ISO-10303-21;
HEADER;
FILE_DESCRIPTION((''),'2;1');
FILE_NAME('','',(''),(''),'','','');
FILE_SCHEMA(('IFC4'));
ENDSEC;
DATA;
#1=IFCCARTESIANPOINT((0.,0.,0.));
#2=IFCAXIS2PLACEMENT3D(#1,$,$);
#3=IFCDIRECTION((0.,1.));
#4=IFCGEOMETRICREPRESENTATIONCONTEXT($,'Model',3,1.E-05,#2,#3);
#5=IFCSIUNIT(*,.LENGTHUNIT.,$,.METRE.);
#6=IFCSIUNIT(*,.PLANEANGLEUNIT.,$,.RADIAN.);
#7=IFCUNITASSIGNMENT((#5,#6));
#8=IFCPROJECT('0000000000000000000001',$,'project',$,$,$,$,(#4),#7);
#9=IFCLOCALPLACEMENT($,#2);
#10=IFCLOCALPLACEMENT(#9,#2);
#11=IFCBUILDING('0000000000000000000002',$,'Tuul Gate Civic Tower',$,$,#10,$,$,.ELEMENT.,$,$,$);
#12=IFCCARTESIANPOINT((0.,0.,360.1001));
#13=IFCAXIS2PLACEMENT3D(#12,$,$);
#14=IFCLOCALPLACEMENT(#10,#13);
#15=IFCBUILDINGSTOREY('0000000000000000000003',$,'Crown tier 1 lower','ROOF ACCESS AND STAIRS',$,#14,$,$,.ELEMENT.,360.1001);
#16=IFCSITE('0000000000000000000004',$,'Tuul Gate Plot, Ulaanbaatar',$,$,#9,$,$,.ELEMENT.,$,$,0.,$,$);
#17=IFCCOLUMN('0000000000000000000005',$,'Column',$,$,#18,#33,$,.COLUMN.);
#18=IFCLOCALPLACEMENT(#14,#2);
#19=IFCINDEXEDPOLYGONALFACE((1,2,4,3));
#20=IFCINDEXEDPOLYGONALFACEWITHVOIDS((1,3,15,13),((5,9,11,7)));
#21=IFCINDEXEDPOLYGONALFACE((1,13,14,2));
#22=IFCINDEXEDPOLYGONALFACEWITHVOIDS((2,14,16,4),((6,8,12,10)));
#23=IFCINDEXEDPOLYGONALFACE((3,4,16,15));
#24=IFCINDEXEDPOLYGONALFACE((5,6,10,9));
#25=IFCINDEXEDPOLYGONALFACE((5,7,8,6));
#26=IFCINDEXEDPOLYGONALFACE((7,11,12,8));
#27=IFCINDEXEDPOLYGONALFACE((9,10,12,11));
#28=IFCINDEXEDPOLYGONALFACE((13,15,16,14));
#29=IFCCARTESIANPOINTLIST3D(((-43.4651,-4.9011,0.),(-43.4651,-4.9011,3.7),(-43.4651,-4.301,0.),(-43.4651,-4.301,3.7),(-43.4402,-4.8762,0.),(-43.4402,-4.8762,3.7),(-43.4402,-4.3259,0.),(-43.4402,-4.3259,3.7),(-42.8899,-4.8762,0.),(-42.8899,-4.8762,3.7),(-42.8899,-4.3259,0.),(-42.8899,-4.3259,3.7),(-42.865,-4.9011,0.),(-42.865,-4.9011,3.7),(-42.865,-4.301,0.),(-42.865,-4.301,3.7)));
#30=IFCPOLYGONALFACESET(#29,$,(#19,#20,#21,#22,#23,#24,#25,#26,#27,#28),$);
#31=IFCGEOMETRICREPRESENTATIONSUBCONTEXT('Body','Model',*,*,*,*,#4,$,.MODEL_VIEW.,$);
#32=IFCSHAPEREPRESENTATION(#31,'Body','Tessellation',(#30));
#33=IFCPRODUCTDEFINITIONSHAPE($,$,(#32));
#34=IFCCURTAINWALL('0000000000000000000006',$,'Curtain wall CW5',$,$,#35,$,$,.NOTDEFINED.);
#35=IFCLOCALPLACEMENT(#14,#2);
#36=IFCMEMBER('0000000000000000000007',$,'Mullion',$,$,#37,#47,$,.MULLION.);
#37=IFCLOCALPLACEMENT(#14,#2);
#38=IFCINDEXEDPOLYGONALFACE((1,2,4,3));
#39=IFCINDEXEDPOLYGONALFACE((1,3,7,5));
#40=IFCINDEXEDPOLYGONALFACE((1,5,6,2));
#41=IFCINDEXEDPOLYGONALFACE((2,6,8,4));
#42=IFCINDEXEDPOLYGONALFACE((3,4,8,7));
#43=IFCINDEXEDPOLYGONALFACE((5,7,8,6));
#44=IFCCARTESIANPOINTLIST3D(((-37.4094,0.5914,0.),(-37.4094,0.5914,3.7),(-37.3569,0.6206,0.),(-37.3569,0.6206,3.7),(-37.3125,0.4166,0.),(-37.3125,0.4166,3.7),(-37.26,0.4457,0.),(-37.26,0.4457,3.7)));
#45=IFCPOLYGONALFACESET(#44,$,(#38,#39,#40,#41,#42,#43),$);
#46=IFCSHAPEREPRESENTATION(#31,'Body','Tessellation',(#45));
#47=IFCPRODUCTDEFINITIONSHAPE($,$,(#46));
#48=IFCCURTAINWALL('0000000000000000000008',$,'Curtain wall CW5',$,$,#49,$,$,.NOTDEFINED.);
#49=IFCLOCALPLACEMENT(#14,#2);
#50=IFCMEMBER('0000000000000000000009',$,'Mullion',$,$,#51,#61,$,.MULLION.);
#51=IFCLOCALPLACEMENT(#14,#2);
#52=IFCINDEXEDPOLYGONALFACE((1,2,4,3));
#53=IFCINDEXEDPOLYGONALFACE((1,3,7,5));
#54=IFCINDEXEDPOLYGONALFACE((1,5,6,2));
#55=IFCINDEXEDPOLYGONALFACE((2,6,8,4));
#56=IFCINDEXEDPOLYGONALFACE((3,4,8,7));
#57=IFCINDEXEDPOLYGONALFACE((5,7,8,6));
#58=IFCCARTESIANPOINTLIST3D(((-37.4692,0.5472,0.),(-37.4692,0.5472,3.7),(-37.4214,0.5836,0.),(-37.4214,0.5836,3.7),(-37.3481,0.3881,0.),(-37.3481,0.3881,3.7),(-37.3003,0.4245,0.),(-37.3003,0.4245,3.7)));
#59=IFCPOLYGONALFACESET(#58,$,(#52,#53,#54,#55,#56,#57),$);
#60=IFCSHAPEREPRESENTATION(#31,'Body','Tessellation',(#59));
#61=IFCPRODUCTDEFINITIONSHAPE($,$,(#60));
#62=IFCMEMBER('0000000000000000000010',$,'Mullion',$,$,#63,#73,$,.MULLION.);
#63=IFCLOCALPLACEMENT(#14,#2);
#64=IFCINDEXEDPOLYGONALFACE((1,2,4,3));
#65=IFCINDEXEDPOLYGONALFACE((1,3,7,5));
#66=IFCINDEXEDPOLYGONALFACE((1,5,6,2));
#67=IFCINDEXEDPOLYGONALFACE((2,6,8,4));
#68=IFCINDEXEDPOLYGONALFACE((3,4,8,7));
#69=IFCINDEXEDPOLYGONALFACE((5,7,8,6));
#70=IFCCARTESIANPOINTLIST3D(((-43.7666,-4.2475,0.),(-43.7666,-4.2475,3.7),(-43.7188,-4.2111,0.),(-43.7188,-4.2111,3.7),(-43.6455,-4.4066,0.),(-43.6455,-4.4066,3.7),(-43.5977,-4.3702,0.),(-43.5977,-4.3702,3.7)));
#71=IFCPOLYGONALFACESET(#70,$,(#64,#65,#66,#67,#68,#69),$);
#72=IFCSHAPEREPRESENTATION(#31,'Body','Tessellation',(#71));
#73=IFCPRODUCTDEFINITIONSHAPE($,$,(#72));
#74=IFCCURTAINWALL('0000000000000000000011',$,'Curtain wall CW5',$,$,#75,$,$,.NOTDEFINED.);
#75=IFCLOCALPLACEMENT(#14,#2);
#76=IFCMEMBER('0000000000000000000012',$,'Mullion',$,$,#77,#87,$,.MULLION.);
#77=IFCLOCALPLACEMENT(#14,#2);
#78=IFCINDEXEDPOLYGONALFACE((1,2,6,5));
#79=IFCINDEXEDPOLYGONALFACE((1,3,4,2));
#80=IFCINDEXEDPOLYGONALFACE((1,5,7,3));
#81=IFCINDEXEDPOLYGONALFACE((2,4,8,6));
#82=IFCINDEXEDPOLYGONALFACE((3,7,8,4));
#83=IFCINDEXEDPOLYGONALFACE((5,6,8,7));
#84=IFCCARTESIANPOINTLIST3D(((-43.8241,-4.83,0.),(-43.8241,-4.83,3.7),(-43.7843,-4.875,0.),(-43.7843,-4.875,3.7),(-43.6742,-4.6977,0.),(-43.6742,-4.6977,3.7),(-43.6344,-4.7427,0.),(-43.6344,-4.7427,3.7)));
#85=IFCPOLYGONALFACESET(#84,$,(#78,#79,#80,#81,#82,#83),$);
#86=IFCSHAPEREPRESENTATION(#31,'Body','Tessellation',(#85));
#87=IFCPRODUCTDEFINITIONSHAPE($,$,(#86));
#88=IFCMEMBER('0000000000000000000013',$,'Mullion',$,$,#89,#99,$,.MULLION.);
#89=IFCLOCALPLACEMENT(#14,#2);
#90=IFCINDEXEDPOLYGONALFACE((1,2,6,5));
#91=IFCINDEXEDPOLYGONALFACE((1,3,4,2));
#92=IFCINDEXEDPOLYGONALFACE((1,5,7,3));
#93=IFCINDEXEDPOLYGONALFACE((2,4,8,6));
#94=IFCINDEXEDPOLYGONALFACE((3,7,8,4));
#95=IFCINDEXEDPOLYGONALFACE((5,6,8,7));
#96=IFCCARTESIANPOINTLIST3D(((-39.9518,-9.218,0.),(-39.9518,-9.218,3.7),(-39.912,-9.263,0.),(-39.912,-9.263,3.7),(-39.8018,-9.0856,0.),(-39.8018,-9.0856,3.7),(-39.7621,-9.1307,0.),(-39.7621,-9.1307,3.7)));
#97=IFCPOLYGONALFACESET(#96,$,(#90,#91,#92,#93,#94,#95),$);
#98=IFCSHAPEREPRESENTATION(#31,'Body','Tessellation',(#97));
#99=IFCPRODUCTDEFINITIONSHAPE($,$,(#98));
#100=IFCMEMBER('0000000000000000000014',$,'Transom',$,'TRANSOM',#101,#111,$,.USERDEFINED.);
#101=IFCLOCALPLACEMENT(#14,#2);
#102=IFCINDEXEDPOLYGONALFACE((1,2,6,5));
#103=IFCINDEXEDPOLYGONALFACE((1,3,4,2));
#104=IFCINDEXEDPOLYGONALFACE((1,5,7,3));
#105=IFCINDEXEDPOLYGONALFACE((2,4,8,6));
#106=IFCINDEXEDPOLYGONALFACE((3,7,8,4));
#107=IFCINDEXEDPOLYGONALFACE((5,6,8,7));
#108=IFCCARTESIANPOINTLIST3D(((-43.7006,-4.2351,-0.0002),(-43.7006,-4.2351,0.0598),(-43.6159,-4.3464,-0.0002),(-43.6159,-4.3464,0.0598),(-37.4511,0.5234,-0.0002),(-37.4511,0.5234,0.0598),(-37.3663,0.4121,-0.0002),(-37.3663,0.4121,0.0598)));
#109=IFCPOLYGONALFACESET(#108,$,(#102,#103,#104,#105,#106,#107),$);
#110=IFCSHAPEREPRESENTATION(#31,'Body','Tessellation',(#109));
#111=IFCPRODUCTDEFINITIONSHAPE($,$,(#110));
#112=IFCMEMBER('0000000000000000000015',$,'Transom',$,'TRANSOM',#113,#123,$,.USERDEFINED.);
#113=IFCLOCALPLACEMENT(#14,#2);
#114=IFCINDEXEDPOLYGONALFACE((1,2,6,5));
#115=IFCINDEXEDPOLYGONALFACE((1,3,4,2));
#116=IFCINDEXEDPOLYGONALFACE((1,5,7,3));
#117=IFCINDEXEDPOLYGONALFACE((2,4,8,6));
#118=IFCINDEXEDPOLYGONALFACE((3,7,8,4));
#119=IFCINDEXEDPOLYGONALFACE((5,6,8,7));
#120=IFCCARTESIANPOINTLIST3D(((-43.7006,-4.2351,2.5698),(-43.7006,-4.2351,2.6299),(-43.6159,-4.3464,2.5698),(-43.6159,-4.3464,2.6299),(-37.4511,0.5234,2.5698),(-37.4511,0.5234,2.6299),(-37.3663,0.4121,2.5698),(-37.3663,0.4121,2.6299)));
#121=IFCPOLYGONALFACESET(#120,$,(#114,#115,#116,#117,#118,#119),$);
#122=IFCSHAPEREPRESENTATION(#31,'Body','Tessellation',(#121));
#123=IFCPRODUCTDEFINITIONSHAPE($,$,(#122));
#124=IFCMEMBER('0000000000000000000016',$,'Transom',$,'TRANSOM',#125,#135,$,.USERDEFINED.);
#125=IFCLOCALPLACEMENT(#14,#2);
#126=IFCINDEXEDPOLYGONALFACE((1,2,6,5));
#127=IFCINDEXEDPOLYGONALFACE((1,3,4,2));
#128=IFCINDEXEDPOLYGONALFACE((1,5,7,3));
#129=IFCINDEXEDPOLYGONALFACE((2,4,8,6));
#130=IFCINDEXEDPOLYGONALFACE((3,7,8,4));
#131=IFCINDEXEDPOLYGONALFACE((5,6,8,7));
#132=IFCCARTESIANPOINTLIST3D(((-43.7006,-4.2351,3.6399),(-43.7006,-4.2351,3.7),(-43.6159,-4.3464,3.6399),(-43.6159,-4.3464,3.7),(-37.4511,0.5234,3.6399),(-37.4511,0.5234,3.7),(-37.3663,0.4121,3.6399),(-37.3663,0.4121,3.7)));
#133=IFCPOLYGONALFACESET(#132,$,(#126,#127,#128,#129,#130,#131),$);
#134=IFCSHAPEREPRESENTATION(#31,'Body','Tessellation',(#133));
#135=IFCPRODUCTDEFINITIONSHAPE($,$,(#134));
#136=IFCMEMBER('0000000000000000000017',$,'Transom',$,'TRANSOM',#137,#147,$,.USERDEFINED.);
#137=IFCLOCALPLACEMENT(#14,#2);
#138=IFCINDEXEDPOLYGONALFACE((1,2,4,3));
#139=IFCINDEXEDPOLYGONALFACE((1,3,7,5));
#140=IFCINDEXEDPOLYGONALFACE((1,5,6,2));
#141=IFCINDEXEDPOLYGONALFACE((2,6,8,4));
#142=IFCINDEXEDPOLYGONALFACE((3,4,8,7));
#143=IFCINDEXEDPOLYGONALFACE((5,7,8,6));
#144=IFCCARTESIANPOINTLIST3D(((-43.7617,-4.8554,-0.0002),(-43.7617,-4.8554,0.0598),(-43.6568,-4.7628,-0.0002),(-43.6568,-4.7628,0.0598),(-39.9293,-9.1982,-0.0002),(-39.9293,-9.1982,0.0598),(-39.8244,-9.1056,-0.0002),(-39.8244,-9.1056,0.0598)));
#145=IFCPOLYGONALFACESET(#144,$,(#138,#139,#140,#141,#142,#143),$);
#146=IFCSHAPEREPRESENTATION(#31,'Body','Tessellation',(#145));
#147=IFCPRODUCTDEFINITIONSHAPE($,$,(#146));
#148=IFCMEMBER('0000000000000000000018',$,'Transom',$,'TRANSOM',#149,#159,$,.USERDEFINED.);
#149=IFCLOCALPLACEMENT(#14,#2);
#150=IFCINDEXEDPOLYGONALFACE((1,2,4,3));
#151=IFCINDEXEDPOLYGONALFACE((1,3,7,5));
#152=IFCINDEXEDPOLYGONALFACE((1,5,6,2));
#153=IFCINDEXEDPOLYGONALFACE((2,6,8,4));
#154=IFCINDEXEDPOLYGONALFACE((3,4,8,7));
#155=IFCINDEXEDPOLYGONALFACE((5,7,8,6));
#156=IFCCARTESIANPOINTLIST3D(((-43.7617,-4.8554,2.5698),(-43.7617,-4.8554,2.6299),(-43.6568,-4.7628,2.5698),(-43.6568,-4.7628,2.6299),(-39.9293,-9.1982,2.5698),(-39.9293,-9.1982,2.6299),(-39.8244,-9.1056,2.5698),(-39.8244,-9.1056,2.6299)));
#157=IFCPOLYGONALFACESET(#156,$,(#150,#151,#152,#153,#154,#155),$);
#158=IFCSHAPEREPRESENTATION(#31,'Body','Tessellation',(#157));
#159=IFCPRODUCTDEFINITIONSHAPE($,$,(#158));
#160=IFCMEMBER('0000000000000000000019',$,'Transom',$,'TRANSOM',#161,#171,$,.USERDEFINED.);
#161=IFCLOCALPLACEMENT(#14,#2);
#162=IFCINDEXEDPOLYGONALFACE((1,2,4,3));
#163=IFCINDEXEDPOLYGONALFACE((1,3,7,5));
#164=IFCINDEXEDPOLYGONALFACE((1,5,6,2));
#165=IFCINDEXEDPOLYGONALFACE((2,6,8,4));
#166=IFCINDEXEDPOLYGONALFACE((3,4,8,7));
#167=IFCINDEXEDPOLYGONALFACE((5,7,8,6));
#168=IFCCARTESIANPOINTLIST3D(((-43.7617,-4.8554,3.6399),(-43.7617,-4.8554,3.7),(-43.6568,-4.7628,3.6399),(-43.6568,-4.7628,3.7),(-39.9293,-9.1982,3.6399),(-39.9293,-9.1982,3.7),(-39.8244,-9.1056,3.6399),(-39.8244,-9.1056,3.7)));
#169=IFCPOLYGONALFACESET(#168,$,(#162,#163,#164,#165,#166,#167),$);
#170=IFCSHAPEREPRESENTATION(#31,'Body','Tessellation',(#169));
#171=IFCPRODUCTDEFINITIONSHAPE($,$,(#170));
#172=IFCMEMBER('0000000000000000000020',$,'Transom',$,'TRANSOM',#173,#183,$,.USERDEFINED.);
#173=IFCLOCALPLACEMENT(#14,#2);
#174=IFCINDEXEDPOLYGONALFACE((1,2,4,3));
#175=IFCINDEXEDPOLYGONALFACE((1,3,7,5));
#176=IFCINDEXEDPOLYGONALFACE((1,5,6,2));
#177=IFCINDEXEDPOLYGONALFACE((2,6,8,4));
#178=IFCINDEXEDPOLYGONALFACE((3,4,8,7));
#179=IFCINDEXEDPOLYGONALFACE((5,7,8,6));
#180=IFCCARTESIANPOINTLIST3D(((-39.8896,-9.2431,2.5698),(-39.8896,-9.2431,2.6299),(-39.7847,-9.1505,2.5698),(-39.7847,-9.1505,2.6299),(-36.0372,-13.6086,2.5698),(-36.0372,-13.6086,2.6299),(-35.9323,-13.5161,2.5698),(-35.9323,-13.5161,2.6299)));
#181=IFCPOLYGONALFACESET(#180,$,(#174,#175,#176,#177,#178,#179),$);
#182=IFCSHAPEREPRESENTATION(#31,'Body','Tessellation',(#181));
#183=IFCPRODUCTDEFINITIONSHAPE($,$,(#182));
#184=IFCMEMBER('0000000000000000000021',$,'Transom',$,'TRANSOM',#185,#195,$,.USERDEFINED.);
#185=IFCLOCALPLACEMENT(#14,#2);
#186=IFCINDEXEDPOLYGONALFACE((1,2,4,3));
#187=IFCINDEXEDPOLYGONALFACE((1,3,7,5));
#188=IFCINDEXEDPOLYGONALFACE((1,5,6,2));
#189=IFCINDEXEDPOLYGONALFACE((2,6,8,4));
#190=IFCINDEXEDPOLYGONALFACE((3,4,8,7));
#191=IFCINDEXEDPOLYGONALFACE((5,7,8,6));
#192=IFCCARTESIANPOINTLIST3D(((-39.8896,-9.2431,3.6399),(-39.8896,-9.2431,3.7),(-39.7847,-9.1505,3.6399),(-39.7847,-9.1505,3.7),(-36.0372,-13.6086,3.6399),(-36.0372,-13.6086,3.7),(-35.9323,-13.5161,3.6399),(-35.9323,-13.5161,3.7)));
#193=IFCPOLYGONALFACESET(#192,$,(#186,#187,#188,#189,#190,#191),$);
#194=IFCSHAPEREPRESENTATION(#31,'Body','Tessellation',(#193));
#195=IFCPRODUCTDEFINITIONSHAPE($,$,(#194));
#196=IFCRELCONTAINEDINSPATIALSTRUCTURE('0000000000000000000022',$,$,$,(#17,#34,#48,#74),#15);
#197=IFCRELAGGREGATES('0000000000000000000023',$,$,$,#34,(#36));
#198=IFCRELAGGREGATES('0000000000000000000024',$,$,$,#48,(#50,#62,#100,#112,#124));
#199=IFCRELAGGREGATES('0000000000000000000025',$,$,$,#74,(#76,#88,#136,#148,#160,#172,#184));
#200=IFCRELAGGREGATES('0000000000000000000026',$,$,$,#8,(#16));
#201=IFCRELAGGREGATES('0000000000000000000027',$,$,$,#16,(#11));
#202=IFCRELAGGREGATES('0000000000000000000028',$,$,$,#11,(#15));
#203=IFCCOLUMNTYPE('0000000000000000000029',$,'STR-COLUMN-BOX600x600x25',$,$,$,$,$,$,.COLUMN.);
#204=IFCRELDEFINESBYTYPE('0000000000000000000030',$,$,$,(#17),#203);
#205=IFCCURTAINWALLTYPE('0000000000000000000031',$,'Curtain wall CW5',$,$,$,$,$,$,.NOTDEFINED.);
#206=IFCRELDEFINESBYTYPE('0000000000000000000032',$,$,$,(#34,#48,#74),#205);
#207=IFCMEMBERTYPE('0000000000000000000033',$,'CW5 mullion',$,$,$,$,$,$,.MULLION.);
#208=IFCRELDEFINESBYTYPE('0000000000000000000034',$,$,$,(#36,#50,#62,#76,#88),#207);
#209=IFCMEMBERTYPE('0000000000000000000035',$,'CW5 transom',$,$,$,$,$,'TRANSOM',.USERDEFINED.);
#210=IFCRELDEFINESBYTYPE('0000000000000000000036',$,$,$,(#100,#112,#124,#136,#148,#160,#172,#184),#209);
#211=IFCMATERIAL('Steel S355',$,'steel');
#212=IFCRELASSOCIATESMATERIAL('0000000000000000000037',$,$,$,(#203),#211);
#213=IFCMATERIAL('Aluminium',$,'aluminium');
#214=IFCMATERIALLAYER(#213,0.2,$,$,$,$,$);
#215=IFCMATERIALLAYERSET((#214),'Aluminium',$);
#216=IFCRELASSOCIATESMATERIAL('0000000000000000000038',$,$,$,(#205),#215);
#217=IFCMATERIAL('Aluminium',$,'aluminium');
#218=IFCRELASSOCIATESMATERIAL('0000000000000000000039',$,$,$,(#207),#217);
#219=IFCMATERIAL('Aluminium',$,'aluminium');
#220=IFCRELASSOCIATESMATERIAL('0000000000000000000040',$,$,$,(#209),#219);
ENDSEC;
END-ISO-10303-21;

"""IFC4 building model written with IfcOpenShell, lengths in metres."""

from ifc_helpers import new_model, si_unit, direction, frame, origin, origin_2d, place, context, subcontext, project, spatial, rectangle, hollow_rectangle, extrude, material, layer, layer_set, material_profile, profile_set, type_object, element, aggregate, save


model = new_model("IFC4")

# Units and contexts
model_context = context("Model", 3, precision=1e-05, world=origin(), true_north=direction((0.0, 1.0)))
body_context = subcontext(model_context, "Body", "Model", "MODEL_VIEW")
ifc_project = project(units=[si_unit("LENGTHUNIT", "METRE"), si_unit("PLANEANGLEUNIT", "RADIAN")], contexts=[model_context])

# Site, building, storey
site_placement = place(None, origin())
site = spatial("IfcSite", under=ifc_project, at=site_placement, Name="Tuul Gate Plot, Ulaanbaatar", CompositionType="ELEMENT", RefElevation=0.0)
building_placement = place(site_placement, origin())
building = spatial("IfcBuilding", under=site, at=building_placement, Name="Tuul Gate Civic Tower", CompositionType="ELEMENT")
storey_placement = place(building_placement, frame((0.0, 0.0, 360.1001)))
storey = spatial("IfcBuildingStorey", under=building, at=storey_placement, Name="Crown tier 1 lower", Description="ROOF ACCESS AND STAIRS", CompositionType="ELEMENT", Elevation=360.1001)

# Column
ifc_material_1 = material(Name="Steel S355", Category="steel")
ifc_material_profile_1 = material_profile(ifc_material_1, hollow_rectangle(XDim=0.6001, YDim=0.6001, WallThickness=0.0249, at=origin_2d()), Name="BOX600x600x25")
ifc_profile_set_1 = profile_set([ifc_material_profile_1], Name="Steel S355")
column_type = type_object("IfcColumnType", Name="STR-COLUMN-BOX600x600x25", PredefinedType="COLUMN", material=ifc_profile_set_1)
column_placement = place(storey_placement, frame((-43.165, -4.6011, 0.0), z_axis=(0.0, 0.0, 1.0), x_axis=(1.0, 0.0, 0.0)))
element("IfcColumn", 1, at=column_placement, inside=storey, type_object=column_type, Name="Column", PredefinedType="COLUMN", context=body_context, shape_type="SweptSolid", body=[
    extrude(hollow_rectangle(XDim=0.6001, YDim=0.6001, WallThickness=0.0249, at=origin_2d()), origin(), (0.0, 0.0, 1.0), 3.7),
])

# Curtain wall, member
ifc_material_2 = material(Name="Aluminium", Category="aluminium")
ifc_layer_1 = layer(ifc_material_2, 0.2)
ifc_layer_set_1 = layer_set([ifc_layer_1], Name="Aluminium")
curtain_wall_type = type_object("IfcCurtainWallType", Name="Curtain wall CW5", PredefinedType="NOTDEFINED", material=ifc_layer_set_1)
curtain_wall_1_placement = place(storey_placement, origin())
curtain_wall_1 = element("IfcCurtainWall", 2, at=curtain_wall_1_placement, inside=storey, type_object=curtain_wall_type, Name="Curtain wall CW5", PredefinedType="NOTDEFINED")
ifc_material_3 = material(Name="Aluminium", Category="aluminium")
ifc_material_profile_2 = material_profile(ifc_material_3, rectangle(XDim=0.2, YDim=0.0601, at=origin_2d()), Name="CW5 mullion")
ifc_profile_set_2 = profile_set([ifc_material_profile_2], Name="Aluminium")
member_type_1 = type_object("IfcMemberType", Name="CW5 mullion", PredefinedType="MULLION", material=ifc_profile_set_2)
member_1_placement = place(storey_placement, frame((-37.3347, 0.5186, 0.0), z_axis=(0.0, 0.0, 1.0), x_axis=(0.484806, -0.874622, 0.0)))
member_1 = element("IfcMember", 3, at=member_1_placement, type_object=member_type_1, Name="Mullion", PredefinedType="MULLION", context=body_context, shape_type="SweptSolid", body=[
    extrude(rectangle(XDim=0.2, YDim=0.0601, at=origin_2d()), origin(), (0.0, 0.0, 1.0), 3.7),
])
aggregate(curtain_wall_1, [member_1])

# Curtain walls, members
curtain_wall_2_placement = place(storey_placement, origin())
curtain_wall_2 = element("IfcCurtainWall", 4, at=curtain_wall_2_placement, inside=storey, type_object=curtain_wall_type, Name="Curtain wall CW5", PredefinedType="NOTDEFINED")
member_2_placement = place(storey_placement, frame((-37.3848, 0.4858, 0.0), z_axis=(0.0, 0.0, 1.0), x_axis=(0.605782, -0.79563, 0.0)))
member_2 = element("IfcMember", 5, at=member_2_placement, type_object=member_type_1, Name="Mullion", PredefinedType="MULLION", context=body_context, shape_type="SweptSolid", body=[
    extrude(rectangle(XDim=0.2, YDim=0.0601, at=origin_2d()), origin(), (0.0, 0.0, 1.0), 3.7),
])
member_3_placement = place(storey_placement, frame((-43.6821, -4.3088, 0.0), z_axis=(0.0, 0.0, 1.0), x_axis=(0.605782, -0.79563, 0.0)))
member_3 = element("IfcMember", 6, at=member_3_placement, type_object=member_type_1, Name="Mullion", PredefinedType="MULLION", context=body_context, shape_type="SweptSolid", body=[
    extrude(rectangle(XDim=0.2, YDim=0.0601, at=origin_2d()), origin(), (0.0, 0.0, 1.0), 3.7),
])
curtain_wall_3_placement = place(storey_placement, origin())
curtain_wall_3 = element("IfcCurtainWall", 7, at=curtain_wall_3_placement, inside=storey, type_object=curtain_wall_type, Name="Curtain wall CW5", PredefinedType="NOTDEFINED")
member_4_placement = place(storey_placement, frame((-43.7292, -4.7864, 0.0), z_axis=(0.0, 0.0, 1.0), x_axis=(0.749793, 0.661672, 0.0)))
member_4 = element("IfcMember", 8, at=member_4_placement, type_object=member_type_1, Name="Mullion", PredefinedType="MULLION", context=body_context, shape_type="SweptSolid", body=[
    extrude(rectangle(XDim=0.2, YDim=0.0601, at=origin_2d()), origin(), (0.0, 0.0, 1.0), 3.7),
])
member_5_placement = place(storey_placement, frame((-39.8569, -9.1743, 0.0), z_axis=(0.0, 0.0, 1.0), x_axis=(0.749793, 0.661672, 0.0)))
member_5 = element("IfcMember", 9, at=member_5_placement, type_object=member_type_1, Name="Mullion", PredefinedType="MULLION", context=body_context, shape_type="SweptSolid", body=[
    extrude(rectangle(XDim=0.2, YDim=0.0601, at=origin_2d()), origin(), (0.0, 0.0, 1.0), 3.7),
])

# Members
ifc_material_4 = material(Name="Aluminium", Category="aluminium")
ifc_material_profile_3 = material_profile(ifc_material_4, rectangle(XDim=0.1399, YDim=0.0601, at=origin_2d()), Name="CW5 transom")
ifc_profile_set_3 = profile_set([ifc_material_profile_3], Name="Aluminium")
member_type_2 = type_object("IfcMemberType", Name="CW5 transom", ElementType="TRANSOM", PredefinedType="USERDEFINED", material=ifc_profile_set_3)
member_6_placement = place(storey_placement, frame((-37.4087, 0.4678, 0.0298), z_axis=(-0.795615, -0.605803, 0.0), x_axis=(0.605803, -0.795615, 0.0)))
member_6 = element("IfcMember", 10, at=member_6_placement, type_object=member_type_2, Name="Transom", ObjectType="TRANSOM", PredefinedType="USERDEFINED", context=body_context, shape_type="SweptSolid", body=[
    extrude(rectangle(XDim=0.1399, YDim=0.0601, at=origin_2d()), origin(), (0.0, 0.0, 1.0), 7.855),
])
member_7_placement = place(storey_placement, frame((-37.4087, 0.4678, 2.5999), z_axis=(-0.795615, -0.605803, 0.0), x_axis=(0.605803, -0.795615, 0.0)))
member_7 = element("IfcMember", 11, at=member_7_placement, type_object=member_type_2, Name="Transom", ObjectType="TRANSOM", PredefinedType="USERDEFINED", context=body_context, shape_type="SweptSolid", body=[
    extrude(rectangle(XDim=0.1399, YDim=0.0601, at=origin_2d()), origin(), (0.0, 0.0, 1.0), 7.855),
])
member_8_placement = place(storey_placement, frame((-37.4087, 0.4678, 3.6699), z_axis=(-0.795615, -0.605803, 0.0), x_axis=(0.605803, -0.795615, 0.0)))
member_8 = element("IfcMember", 12, at=member_8_placement, type_object=member_type_2, Name="Transom", ObjectType="TRANSOM", PredefinedType="USERDEFINED", context=body_context, shape_type="SweptSolid", body=[
    extrude(rectangle(XDim=0.1399, YDim=0.0601, at=origin_2d()), origin(), (0.0, 0.0, 1.0), 7.855),
])
member_9_placement = place(storey_placement, frame((-43.7092, -4.8091, 0.0298), z_axis=(0.661662, -0.749802, 0.0), x_axis=(0.749802, 0.661662, 0.0)))
member_9 = element("IfcMember", 13, at=member_9_placement, type_object=member_type_2, Name="Transom", ObjectType="TRANSOM", PredefinedType="USERDEFINED", context=body_context, shape_type="SweptSolid", body=[
    extrude(rectangle(XDim=0.1399, YDim=0.0601, at=origin_2d()), origin(), (0.0, 0.0, 1.0), 5.792),
])
member_10_placement = place(storey_placement, frame((-43.7092, -4.8091, 2.5999), z_axis=(0.661662, -0.749802, 0.0), x_axis=(0.749802, 0.661662, 0.0)))
member_10 = element("IfcMember", 14, at=member_10_placement, type_object=member_type_2, Name="Transom", ObjectType="TRANSOM", PredefinedType="USERDEFINED", context=body_context, shape_type="SweptSolid", body=[
    extrude(rectangle(XDim=0.1399, YDim=0.0601, at=origin_2d()), origin(), (0.0, 0.0, 1.0), 5.792),
])
member_11_placement = place(storey_placement, frame((-43.7092, -4.8091, 3.6699), z_axis=(0.661662, -0.749802, 0.0), x_axis=(0.749802, 0.661662, 0.0)))
member_11 = element("IfcMember", 15, at=member_11_placement, type_object=member_type_2, Name="Transom", ObjectType="TRANSOM", PredefinedType="USERDEFINED", context=body_context, shape_type="SweptSolid", body=[
    extrude(rectangle(XDim=0.1399, YDim=0.0601, at=origin_2d()), origin(), (0.0, 0.0, 1.0), 5.792),
])
member_12_placement = place(storey_placement, frame((-39.8372, -9.1968, 2.5999), z_axis=(0.66166, -0.749804, 0.0), x_axis=(0.749804, 0.66166, 0.0)))
member_12 = element("IfcMember", 16, at=member_12_placement, type_object=member_type_2, Name="Transom", ObjectType="TRANSOM", PredefinedType="USERDEFINED", context=body_context, shape_type="SweptSolid", body=[
    extrude(rectangle(XDim=0.1399, YDim=0.0601, at=origin_2d()), origin(), (0.0, 0.0, 1.0), 5.8223),
])
member_13_placement = place(storey_placement, frame((-39.8372, -9.1968, 3.6699), z_axis=(0.66166, -0.749804, 0.0), x_axis=(0.749804, 0.66166, 0.0)))
member_13 = element("IfcMember", 17, at=member_13_placement, type_object=member_type_2, Name="Transom", ObjectType="TRANSOM", PredefinedType="USERDEFINED", context=body_context, shape_type="SweptSolid", body=[
    extrude(rectangle(XDim=0.1399, YDim=0.0601, at=origin_2d()), origin(), (0.0, 0.0, 1.0), 5.8223),
])

aggregate(curtain_wall_2, [member_2, member_3, member_6, member_7, member_8])
aggregate(curtain_wall_3, [member_4, member_5, member_9, member_10, member_11, member_12, member_13])

save(model, "model.ifc")
